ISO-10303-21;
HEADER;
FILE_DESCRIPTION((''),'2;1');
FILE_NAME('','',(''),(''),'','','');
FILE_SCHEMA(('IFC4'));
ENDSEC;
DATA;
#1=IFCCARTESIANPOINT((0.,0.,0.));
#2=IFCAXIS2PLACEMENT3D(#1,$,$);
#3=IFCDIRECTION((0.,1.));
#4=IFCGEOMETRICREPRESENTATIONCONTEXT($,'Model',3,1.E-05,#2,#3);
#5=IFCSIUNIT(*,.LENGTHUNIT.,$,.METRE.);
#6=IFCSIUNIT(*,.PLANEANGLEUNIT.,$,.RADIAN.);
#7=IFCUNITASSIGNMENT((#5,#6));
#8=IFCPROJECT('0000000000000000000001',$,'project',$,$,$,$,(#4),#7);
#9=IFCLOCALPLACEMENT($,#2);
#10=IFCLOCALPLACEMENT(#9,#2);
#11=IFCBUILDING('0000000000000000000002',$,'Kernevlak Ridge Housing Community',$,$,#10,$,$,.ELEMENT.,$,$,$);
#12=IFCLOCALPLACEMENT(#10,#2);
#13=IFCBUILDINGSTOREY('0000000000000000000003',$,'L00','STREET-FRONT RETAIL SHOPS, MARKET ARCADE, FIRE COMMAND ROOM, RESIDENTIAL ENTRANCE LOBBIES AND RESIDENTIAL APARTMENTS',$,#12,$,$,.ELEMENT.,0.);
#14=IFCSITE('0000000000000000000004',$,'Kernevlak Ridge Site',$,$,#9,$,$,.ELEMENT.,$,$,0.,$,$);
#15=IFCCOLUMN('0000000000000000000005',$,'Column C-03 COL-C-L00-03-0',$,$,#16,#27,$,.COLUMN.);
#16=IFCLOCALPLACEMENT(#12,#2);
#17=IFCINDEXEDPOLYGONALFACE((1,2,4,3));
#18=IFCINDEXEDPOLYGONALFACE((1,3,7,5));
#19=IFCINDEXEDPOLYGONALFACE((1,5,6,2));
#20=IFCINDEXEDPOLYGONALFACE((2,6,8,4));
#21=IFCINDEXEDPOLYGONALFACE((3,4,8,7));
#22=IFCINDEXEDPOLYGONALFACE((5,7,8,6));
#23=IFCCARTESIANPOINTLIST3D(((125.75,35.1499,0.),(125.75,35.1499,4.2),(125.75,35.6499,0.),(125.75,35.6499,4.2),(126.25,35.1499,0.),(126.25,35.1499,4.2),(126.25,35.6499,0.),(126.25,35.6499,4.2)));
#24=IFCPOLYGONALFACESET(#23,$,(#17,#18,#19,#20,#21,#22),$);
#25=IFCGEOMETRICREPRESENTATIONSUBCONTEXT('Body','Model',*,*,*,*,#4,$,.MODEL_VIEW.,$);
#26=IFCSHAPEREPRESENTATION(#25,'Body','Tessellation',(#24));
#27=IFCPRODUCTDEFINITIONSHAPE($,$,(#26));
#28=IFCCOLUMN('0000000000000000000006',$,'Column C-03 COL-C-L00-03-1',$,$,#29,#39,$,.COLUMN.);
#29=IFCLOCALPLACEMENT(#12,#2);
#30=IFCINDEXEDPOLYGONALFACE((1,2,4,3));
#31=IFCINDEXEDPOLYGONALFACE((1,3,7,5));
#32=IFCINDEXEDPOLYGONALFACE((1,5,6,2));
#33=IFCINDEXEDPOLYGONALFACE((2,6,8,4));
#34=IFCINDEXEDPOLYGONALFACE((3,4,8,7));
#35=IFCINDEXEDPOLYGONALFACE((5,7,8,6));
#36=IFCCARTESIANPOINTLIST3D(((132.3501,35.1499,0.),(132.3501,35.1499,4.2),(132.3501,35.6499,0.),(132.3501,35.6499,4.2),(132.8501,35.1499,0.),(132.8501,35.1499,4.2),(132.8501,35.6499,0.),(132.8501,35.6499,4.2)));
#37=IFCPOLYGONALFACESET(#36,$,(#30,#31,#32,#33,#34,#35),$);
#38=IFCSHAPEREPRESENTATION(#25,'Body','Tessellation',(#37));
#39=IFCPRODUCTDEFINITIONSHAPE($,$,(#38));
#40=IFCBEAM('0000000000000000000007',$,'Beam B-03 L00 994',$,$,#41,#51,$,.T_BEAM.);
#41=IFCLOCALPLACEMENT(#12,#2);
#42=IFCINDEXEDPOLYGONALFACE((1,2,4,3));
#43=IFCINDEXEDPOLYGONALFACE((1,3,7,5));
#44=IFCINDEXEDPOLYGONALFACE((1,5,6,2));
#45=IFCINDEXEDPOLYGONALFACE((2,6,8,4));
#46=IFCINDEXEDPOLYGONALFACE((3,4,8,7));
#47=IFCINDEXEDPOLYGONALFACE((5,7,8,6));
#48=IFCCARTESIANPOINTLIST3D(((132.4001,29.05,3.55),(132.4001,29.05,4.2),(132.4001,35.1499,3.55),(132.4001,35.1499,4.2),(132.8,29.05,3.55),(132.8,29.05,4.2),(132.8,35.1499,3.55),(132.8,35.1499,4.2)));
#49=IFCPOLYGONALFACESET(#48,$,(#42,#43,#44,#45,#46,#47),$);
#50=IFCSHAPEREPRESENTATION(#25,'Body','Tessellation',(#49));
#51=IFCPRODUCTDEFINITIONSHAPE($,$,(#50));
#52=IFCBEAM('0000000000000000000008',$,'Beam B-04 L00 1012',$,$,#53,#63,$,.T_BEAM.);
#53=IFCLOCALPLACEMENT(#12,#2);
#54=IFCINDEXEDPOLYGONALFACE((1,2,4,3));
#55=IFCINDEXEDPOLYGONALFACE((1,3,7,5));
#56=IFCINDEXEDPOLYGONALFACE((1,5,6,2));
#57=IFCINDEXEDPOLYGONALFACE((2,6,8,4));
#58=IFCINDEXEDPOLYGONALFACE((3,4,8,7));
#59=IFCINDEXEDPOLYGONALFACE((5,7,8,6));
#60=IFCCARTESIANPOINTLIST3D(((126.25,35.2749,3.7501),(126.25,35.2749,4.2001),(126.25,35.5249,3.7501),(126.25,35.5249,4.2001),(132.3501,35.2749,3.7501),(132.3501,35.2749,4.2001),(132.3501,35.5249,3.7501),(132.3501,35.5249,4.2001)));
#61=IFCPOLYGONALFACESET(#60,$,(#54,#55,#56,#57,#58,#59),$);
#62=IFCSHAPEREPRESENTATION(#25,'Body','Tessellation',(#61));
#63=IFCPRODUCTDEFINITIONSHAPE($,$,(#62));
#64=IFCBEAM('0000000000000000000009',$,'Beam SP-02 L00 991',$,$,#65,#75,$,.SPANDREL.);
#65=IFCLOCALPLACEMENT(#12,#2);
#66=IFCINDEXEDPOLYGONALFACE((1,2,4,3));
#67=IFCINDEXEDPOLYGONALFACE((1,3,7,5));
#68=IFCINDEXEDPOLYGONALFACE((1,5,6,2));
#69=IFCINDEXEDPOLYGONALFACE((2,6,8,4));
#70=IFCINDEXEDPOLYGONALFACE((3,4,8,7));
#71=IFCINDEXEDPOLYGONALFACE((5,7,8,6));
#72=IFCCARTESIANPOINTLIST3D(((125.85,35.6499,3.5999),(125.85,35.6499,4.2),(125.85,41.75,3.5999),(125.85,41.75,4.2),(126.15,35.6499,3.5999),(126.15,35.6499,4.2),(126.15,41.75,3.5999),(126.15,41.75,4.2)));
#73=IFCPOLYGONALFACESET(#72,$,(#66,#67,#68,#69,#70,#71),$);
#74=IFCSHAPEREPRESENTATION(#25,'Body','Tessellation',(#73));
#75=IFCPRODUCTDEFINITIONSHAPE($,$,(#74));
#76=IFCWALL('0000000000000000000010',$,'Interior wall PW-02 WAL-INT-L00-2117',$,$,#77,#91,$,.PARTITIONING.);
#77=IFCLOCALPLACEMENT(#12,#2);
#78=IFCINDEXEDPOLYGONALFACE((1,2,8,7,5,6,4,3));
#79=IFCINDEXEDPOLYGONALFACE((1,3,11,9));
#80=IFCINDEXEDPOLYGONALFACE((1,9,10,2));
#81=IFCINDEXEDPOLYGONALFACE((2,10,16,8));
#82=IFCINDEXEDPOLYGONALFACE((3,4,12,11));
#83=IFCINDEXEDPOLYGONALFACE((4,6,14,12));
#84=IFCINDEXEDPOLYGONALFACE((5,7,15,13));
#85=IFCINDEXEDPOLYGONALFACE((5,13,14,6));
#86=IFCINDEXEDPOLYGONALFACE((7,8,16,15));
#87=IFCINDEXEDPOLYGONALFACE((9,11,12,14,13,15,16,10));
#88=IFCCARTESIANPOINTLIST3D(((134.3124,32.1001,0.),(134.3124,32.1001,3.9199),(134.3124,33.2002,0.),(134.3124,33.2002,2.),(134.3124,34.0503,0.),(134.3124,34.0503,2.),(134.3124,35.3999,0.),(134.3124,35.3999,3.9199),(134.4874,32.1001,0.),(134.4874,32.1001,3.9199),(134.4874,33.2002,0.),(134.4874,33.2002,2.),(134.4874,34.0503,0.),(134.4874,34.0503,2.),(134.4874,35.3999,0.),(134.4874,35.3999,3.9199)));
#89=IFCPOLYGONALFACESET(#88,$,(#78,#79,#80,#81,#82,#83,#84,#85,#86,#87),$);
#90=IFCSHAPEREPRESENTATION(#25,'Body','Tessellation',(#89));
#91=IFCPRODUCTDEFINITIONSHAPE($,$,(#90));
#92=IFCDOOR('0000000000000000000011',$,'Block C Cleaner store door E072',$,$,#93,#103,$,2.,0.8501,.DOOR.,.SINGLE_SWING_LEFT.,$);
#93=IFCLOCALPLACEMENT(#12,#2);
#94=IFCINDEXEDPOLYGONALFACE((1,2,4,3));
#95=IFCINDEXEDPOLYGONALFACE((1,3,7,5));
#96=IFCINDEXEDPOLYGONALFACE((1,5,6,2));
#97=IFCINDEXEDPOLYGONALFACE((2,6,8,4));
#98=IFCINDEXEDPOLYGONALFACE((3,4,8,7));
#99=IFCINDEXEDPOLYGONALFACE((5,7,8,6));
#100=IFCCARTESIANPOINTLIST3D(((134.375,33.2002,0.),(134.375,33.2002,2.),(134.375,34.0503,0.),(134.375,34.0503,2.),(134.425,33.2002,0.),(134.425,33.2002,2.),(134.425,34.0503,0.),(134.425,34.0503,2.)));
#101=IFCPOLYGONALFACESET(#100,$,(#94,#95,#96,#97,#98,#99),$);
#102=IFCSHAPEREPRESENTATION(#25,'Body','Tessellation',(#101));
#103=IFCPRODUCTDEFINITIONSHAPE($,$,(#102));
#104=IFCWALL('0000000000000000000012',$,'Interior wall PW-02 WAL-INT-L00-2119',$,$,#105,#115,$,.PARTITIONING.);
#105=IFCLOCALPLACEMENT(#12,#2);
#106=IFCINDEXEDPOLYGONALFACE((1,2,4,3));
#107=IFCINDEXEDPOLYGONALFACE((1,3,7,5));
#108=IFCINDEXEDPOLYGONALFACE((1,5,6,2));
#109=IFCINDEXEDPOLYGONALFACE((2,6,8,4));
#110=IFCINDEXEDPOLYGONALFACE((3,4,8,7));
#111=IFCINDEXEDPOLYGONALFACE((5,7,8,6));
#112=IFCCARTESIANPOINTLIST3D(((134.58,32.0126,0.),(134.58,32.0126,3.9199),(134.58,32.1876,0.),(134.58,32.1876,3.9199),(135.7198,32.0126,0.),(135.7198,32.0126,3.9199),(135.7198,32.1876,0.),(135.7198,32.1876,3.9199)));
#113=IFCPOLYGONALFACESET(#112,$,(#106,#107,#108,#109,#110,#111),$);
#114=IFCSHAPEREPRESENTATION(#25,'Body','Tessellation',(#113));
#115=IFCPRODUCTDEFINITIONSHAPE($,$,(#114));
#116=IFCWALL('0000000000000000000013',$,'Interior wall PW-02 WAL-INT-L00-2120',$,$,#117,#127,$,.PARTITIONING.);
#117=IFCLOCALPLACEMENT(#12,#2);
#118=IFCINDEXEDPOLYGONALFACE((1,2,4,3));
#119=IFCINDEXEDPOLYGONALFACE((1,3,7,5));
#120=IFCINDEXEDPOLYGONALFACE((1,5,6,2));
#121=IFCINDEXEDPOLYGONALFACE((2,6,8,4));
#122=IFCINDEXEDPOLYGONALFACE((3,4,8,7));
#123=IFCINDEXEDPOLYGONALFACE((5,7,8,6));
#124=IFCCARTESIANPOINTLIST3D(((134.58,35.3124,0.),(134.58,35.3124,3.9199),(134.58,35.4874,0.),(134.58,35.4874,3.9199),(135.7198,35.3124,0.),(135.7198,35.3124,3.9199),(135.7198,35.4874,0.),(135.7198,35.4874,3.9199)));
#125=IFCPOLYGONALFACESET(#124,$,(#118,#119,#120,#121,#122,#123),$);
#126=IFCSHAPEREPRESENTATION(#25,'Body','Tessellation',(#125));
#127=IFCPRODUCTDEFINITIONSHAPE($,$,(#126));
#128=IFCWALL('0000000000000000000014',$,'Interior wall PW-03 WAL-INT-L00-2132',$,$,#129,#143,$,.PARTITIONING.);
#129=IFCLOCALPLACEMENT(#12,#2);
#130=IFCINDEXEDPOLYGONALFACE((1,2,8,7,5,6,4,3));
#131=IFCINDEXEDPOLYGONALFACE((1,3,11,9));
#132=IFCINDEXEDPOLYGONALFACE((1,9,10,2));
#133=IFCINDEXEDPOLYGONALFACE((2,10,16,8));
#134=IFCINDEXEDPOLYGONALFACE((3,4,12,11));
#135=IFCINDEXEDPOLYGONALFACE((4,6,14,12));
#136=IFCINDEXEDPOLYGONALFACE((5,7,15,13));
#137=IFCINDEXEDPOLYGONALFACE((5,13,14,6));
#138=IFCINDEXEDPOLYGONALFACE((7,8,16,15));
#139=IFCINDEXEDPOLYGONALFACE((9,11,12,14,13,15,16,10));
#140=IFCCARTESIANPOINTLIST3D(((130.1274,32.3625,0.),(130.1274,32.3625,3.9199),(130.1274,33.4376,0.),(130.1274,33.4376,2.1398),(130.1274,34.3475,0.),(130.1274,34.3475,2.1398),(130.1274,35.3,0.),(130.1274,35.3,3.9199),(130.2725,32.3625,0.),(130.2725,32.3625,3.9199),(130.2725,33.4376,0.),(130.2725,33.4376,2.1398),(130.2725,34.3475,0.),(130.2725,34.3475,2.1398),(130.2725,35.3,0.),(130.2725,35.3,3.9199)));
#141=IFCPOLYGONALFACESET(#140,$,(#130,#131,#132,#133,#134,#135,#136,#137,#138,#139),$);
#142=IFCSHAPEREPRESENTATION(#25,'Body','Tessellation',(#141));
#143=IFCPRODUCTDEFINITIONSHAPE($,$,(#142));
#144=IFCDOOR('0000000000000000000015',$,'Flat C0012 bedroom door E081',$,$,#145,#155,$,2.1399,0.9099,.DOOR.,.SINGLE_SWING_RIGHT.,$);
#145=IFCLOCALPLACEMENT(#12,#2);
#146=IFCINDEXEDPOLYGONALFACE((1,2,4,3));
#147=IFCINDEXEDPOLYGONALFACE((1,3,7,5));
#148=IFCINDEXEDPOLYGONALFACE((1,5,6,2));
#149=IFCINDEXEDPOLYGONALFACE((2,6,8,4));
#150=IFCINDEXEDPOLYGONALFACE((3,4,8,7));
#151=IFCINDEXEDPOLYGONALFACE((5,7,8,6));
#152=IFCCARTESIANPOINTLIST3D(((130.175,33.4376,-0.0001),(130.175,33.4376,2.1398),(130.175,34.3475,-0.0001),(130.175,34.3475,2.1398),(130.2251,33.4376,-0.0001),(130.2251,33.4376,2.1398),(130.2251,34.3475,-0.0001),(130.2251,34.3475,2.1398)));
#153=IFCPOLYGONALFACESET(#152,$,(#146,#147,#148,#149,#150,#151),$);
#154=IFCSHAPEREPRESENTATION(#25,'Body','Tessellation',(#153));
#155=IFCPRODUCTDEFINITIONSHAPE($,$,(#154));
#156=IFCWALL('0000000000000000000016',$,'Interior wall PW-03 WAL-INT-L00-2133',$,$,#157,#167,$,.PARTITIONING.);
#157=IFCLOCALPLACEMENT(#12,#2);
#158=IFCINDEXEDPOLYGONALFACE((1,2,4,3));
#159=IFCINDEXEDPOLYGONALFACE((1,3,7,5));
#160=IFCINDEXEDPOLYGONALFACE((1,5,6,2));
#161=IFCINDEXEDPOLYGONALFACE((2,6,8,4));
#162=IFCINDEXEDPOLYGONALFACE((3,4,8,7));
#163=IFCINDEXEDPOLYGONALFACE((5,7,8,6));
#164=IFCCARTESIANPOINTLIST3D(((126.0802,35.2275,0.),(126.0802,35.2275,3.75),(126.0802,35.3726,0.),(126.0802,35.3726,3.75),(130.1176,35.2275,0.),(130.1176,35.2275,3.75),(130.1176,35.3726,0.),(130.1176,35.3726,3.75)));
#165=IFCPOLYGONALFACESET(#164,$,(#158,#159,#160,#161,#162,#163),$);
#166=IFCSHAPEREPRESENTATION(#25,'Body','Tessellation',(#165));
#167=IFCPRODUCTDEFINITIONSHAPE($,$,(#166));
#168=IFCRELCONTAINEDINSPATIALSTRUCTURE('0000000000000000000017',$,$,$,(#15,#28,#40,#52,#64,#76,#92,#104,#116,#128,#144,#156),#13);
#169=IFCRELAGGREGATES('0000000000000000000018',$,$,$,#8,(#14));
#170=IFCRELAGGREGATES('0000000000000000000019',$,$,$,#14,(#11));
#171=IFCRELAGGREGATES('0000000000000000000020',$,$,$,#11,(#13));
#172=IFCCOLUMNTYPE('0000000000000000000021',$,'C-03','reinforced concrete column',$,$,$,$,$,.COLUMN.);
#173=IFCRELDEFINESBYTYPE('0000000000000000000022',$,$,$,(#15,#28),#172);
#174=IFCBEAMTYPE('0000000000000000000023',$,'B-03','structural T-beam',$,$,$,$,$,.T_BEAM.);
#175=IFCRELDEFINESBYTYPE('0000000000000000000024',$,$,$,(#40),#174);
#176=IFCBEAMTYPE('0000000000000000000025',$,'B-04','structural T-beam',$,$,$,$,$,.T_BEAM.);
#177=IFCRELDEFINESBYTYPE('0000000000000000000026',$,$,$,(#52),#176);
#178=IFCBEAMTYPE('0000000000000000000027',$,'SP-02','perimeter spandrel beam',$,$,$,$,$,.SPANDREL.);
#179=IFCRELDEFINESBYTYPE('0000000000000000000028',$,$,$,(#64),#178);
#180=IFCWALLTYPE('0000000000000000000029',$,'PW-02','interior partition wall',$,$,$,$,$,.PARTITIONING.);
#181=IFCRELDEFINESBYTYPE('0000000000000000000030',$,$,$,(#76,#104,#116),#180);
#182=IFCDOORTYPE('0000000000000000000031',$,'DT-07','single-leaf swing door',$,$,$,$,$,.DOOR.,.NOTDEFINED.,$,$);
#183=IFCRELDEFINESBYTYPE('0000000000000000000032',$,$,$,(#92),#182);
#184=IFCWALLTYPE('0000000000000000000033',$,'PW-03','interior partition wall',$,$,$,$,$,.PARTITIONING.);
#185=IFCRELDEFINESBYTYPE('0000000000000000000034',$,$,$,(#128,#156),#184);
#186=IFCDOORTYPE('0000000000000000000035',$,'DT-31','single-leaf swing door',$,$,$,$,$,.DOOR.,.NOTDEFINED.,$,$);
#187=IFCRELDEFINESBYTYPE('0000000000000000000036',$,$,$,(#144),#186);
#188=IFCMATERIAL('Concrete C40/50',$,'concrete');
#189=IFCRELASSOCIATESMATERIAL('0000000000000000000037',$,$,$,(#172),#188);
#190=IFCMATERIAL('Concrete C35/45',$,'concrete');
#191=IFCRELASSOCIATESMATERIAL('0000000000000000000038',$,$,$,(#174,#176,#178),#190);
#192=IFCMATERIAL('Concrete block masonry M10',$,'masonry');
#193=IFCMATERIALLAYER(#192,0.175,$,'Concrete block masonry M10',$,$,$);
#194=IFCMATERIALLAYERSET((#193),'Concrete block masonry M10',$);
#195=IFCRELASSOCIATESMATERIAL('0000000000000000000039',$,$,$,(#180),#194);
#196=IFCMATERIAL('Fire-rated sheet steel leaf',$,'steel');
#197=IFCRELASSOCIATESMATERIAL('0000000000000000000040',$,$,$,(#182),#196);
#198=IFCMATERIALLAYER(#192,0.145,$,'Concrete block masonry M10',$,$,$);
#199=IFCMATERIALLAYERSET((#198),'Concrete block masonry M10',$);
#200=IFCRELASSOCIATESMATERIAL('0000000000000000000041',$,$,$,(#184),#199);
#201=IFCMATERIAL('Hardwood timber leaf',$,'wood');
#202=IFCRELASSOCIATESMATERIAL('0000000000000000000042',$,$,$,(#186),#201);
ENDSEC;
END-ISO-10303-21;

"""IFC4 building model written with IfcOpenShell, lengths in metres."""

from ifc_helpers import new_model, si_unit, direction, frame, frame_2d, origin, origin_2d, place, context, subcontext, project, spatial, rectangle, extrude, material, layer, layer_set, material_profile, profile_set, type_object, element, fill, save


model = new_model("IFC4")

# Units and contexts
model_context = context("Model", 3, precision=1e-05, world=origin(), true_north=direction((0.0, 1.0)))
body_context = subcontext(model_context, "Body", "Model", "MODEL_VIEW")
ifc_project = project(units=[si_unit("LENGTHUNIT", "METRE"), si_unit("PLANEANGLEUNIT", "RADIAN")], contexts=[model_context])

# Site, building, storey
site_placement = place(None, origin())
site = spatial("IfcSite", under=ifc_project, at=site_placement, Name="Kernevlak Ridge Site", CompositionType="ELEMENT", RefElevation=0.0)
building_placement = place(site_placement, origin())
building = spatial("IfcBuilding", under=site, at=building_placement, Name="Kernevlak Ridge Housing Community", CompositionType="ELEMENT")
storey_placement = place(building_placement, origin())
storey = spatial("IfcBuildingStorey", under=building, at=storey_placement, Name="L00", Description="STREET-FRONT RETAIL SHOPS, MARKET ARCADE, FIRE COMMAND ROOM, RESIDENTIAL ENTRANCE LOBBIES AND RESIDENTIAL APARTMENTS", CompositionType="ELEMENT", Elevation=0.0)

# Columns
ifc_material_1 = material(Name="Concrete C40/50", Category="concrete")
ifc_material_profile_1 = material_profile(ifc_material_1, rectangle(XDim=0.5, YDim=0.5, at=origin_2d()), Name="RC 500x500")
ifc_profile_set_1 = profile_set([ifc_material_profile_1], Name="Concrete C40/50")
column_type = type_object("IfcColumnType", Name="C-03", Description="reinforced concrete column", PredefinedType="COLUMN", material=ifc_profile_set_1)
for number, where, z_axis, x_axis, name in (
    (1, (126.0, 35.3999, 0.0), (0.0, 0.0, 1.0), (1.0, 0.0, 0.0), "Column C-03 COL-C-L00-03-0"),
    (2, (132.6001, 35.3999, 0.0), (0.0, 0.0, 1.0), (1.0, 0.0, 0.0), "Column C-03 COL-C-L00-03-1"),
):
    element("IfcColumn", number, at=place(storey_placement, frame(where, z_axis=z_axis, x_axis=x_axis)), inside=storey, type_object=column_type, Name=name, PredefinedType="COLUMN", context=body_context, shape_type="SweptSolid", body=[
        extrude(rectangle(XDim=0.5, YDim=0.5, at=origin_2d()), origin(), (0.0, 0.0, 1.0), 4.2),
    ])

# Beams
ifc_material_2 = material(Name="Concrete C35/45", Category="concrete")
ifc_material_profile_2 = material_profile(ifc_material_2, rectangle(XDim=0.3999, YDim=0.6499, at=origin_2d()), Name="RC 400x650")
ifc_profile_set_2 = profile_set([ifc_material_profile_2], Name="Concrete C35/45")
beam_type_1 = type_object("IfcBeamType", Name="B-03", Description="structural T-beam", PredefinedType="T_BEAM", material=ifc_profile_set_2)
beam_1_placement = place(storey_placement, frame((132.6001, 29.05, 3.875), z_axis=(0.0, 1.0, 0.0), x_axis=(-1.0, 0.0, 0.0)))
element("IfcBeam", 3, at=beam_1_placement, inside=storey, type_object=beam_type_1, Name="Beam B-03 L00 994", PredefinedType="T_BEAM", context=body_context, shape_type="SweptSolid", body=[
    extrude(rectangle(XDim=0.3999, YDim=0.6499, at=origin_2d()), origin(), (0.0, 0.0, 1.0), 6.0999),
])
ifc_material_profile_3 = material_profile(ifc_material_2, rectangle(XDim=0.25, YDim=0.45, at=origin_2d()), Name="RC 250x450")
ifc_profile_set_3 = profile_set([ifc_material_profile_3], Name="Concrete C35/45")
beam_type_2 = type_object("IfcBeamType", Name="B-04", Description="structural T-beam", PredefinedType="T_BEAM", material=ifc_profile_set_3)
beam_2_placement = place(storey_placement, frame((126.25, 35.3999, 3.9751), z_axis=(1.0, 0.0, 0.0), x_axis=(0.0, 1.0, 0.0)))
element("IfcBeam", 4, at=beam_2_placement, inside=storey, type_object=beam_type_2, Name="Beam B-04 L00 1012", PredefinedType="T_BEAM", context=body_context, shape_type="SweptSolid", body=[
    extrude(rectangle(XDim=0.25, YDim=0.45, at=origin_2d()), origin(), (0.0, 0.0, 1.0), 6.1001),
])
ifc_material_profile_4 = material_profile(ifc_material_2, rectangle(XDim=0.3, YDim=0.6001, at=origin_2d()), Name="RC 300x600")
ifc_profile_set_4 = profile_set([ifc_material_profile_4], Name="Concrete C35/45")
beam_type_3 = type_object("IfcBeamType", Name="SP-02", Description="perimeter spandrel beam", PredefinedType="SPANDREL", material=ifc_profile_set_4)
beam_3_placement = place(storey_placement, frame((126.0, 35.6499, 3.8999), z_axis=(0.0, 1.0, 0.0), x_axis=(-1.0, 0.0, 0.0)))
element("IfcBeam", 5, at=beam_3_placement, inside=storey, type_object=beam_type_3, Name="Beam SP-02 L00 991", PredefinedType="SPANDREL", context=body_context, shape_type="SweptSolid", body=[
    extrude(rectangle(XDim=0.3, YDim=0.6001, at=origin_2d()), origin(), (0.0, 0.0, 1.0), 6.1001),
])

# Wall, opening, door
ifc_material_3 = material(Name="Concrete block masonry M10", Category="masonry")
ifc_layer_1 = layer(ifc_material_3, 0.175, Name="Concrete block masonry M10")
ifc_layer_set_1 = layer_set([ifc_layer_1], Name="Concrete block masonry M10")
wall_type_1 = type_object("IfcWallType", Name="PW-02", Description="interior partition wall", PredefinedType="PARTITIONING", material=ifc_layer_set_1)
wall_1_placement = place(storey_placement, frame((134.3999, 32.1001, 0.0), z_axis=(0.0, 0.0, 1.0), x_axis=(0.0, 1.0, 0.0)))
wall_1 = element("IfcWall", 6, at=wall_1_placement, inside=storey, type_object=wall_type_1, Name="Interior wall PW-02 WAL-INT-L00-2117", PredefinedType="PARTITIONING", context=body_context, shape_type="SweptSolid", body=[
    extrude(rectangle(XDim=3.2998, YDim=0.175, at=frame_2d((1.6499, 0.0))), origin(), (0.0, 0.0, 1.0), 3.9199),
])
opening_1_placement = place(wall_1_placement, frame((1.1001, 0.0, 0.0)))
opening_1 = element("IfcOpeningElement", 7, at=opening_1_placement, cuts=wall_1, PredefinedType="OPENING", context=body_context, shape_type="SweptSolid", body=[
    extrude(rectangle(XDim=0.8501, YDim=2.0, at=frame_2d((0.425, 1.0))), frame((0.0, 0.0974, 0.0), z_axis=(0.0, -1.0, 0.0), x_axis=(1.0, 0.0, 0.0)), (0.0, 0.0, 1.0), 0.1951),
])
ifc_material_4 = material(Name="Fire-rated sheet steel leaf", Category="steel")
door_type_1 = type_object("IfcDoorType", Name="DT-07", Description="single-leaf swing door", OperationType="NOTDEFINED", PredefinedType="DOOR", material=ifc_material_4)
door_1_placement = place(opening_1_placement, origin())
door_1 = element("IfcDoor", 8, at=door_1_placement, inside=storey, type_object=door_type_1, Name="Block C Cleaner store door E072", OperationType="SINGLE_SWING_LEFT", OverallHeight=2.0, OverallWidth=0.8501, PredefinedType="DOOR", context=body_context, shape_type="SweptSolid", body=[
    extrude(rectangle(XDim=0.8501, YDim=2.0, at=frame_2d((0.425, 1.0))), frame((0.0, 0.0249, 0.0), z_axis=(0.0, -1.0, 0.0), x_axis=(1.0, 0.0, 0.0)), (0.0, 0.0, 1.0), 0.05),
])
fill(opening_1, door_1)

# Walls
for number, where, z_axis, x_axis, name in (
    (9, (134.5801, 32.1001, 0.0), (0.0, 0.0, 1.0), (1.0, 0.0, 0.0), "Interior wall PW-02 WAL-INT-L00-2119"),
    (10, (134.5801, 35.3999, 0.0), (0.0, 0.0, 1.0), (1.0, 0.0, 0.0), "Interior wall PW-02 WAL-INT-L00-2120"),
):
    element("IfcWall", number, at=place(storey_placement, frame(where, z_axis=z_axis, x_axis=x_axis)), inside=storey, type_object=wall_type_1, Name=name, PredefinedType="PARTITIONING", context=body_context, shape_type="SweptSolid", body=[
        extrude(rectangle(XDim=1.1399, YDim=0.175, at=frame_2d((0.5698, 0.0))), origin(), (0.0, 0.0, 1.0), 3.9199),
    ])

# Wall, opening, door
ifc_layer_2 = layer(ifc_material_3, 0.145, Name="Concrete block masonry M10")
ifc_layer_set_2 = layer_set([ifc_layer_2], Name="Concrete block masonry M10")
wall_type_2 = type_object("IfcWallType", Name="PW-03", Description="interior partition wall", PredefinedType="PARTITIONING", material=ifc_layer_set_2)
ifc_material_5 = material(Name="Hardwood timber leaf", Category="wood")
wall_2_placement = place(storey_placement, frame((130.2, 32.3625, 0.0), z_axis=(0.0, 0.0, 1.0), x_axis=(0.0, 1.0, 0.0)))
wall_2 = element("IfcWall", 11, at=wall_2_placement, inside=storey, type_object=wall_type_2, Name="Interior wall PW-03 WAL-INT-L00-2132", PredefinedType="PARTITIONING", context=body_context, shape_type="SweptSolid", body=[
    extrude(rectangle(XDim=2.9375, YDim=0.145, at=frame_2d((1.4688, 0.0))), origin(), (0.0, 0.0, 1.0), 3.9199),
])
opening_2_placement = place(wall_2_placement, frame((1.075, 0.0, 0.0)))
opening_2 = element("IfcOpeningElement", 12, at=opening_2_placement, cuts=wall_2, PredefinedType="OPENING", context=body_context, shape_type="SweptSolid", body=[
    extrude(rectangle(XDim=0.9099, YDim=2.1399, at=frame_2d((0.4551, 1.0698))), frame((0.0, 0.0825, 0.0), z_axis=(0.0, -1.0, 0.0), x_axis=(1.0, 0.0, 0.0)), (0.0, 0.0, 1.0), 0.165),
])
door_type_2 = type_object("IfcDoorType", Name="DT-31", Description="single-leaf swing door", OperationType="NOTDEFINED", PredefinedType="DOOR", material=ifc_material_5)
door_2_placement = place(opening_2_placement, origin())
door_2 = element("IfcDoor", 13, at=door_2_placement, inside=storey, type_object=door_type_2, Name="Flat C0012 bedroom door E081", OperationType="SINGLE_SWING_RIGHT", OverallHeight=2.1399, OverallWidth=0.9099, PredefinedType="DOOR", context=body_context, shape_type="SweptSolid", body=[
    extrude(rectangle(XDim=0.9099, YDim=2.1399, at=frame_2d((0.4551, 1.0698))), frame((0.0, 0.0249, 0.0), z_axis=(0.0, -1.0, 0.0), x_axis=(1.0, 0.0, 0.0)), (0.0, 0.0, 1.0), 0.05),
])
fill(opening_2, door_2)

# Wall
wall_3_placement = place(storey_placement, frame((130.1174, 35.3, 0.0), z_axis=(0.0, 0.0, 1.0), x_axis=(-1.0, 0.0, 0.0)))
element("IfcWall", 14, at=wall_3_placement, inside=storey, type_object=wall_type_2, Name="Interior wall PW-03 WAL-INT-L00-2133", PredefinedType="PARTITIONING", context=body_context, shape_type="SweptSolid", body=[
    extrude(rectangle(XDim=4.0374, YDim=0.145, at=frame_2d((2.0186, 0.0))), origin(), (0.0, 0.0, 1.0), 3.75),
])

save(model, "model.ifc")
